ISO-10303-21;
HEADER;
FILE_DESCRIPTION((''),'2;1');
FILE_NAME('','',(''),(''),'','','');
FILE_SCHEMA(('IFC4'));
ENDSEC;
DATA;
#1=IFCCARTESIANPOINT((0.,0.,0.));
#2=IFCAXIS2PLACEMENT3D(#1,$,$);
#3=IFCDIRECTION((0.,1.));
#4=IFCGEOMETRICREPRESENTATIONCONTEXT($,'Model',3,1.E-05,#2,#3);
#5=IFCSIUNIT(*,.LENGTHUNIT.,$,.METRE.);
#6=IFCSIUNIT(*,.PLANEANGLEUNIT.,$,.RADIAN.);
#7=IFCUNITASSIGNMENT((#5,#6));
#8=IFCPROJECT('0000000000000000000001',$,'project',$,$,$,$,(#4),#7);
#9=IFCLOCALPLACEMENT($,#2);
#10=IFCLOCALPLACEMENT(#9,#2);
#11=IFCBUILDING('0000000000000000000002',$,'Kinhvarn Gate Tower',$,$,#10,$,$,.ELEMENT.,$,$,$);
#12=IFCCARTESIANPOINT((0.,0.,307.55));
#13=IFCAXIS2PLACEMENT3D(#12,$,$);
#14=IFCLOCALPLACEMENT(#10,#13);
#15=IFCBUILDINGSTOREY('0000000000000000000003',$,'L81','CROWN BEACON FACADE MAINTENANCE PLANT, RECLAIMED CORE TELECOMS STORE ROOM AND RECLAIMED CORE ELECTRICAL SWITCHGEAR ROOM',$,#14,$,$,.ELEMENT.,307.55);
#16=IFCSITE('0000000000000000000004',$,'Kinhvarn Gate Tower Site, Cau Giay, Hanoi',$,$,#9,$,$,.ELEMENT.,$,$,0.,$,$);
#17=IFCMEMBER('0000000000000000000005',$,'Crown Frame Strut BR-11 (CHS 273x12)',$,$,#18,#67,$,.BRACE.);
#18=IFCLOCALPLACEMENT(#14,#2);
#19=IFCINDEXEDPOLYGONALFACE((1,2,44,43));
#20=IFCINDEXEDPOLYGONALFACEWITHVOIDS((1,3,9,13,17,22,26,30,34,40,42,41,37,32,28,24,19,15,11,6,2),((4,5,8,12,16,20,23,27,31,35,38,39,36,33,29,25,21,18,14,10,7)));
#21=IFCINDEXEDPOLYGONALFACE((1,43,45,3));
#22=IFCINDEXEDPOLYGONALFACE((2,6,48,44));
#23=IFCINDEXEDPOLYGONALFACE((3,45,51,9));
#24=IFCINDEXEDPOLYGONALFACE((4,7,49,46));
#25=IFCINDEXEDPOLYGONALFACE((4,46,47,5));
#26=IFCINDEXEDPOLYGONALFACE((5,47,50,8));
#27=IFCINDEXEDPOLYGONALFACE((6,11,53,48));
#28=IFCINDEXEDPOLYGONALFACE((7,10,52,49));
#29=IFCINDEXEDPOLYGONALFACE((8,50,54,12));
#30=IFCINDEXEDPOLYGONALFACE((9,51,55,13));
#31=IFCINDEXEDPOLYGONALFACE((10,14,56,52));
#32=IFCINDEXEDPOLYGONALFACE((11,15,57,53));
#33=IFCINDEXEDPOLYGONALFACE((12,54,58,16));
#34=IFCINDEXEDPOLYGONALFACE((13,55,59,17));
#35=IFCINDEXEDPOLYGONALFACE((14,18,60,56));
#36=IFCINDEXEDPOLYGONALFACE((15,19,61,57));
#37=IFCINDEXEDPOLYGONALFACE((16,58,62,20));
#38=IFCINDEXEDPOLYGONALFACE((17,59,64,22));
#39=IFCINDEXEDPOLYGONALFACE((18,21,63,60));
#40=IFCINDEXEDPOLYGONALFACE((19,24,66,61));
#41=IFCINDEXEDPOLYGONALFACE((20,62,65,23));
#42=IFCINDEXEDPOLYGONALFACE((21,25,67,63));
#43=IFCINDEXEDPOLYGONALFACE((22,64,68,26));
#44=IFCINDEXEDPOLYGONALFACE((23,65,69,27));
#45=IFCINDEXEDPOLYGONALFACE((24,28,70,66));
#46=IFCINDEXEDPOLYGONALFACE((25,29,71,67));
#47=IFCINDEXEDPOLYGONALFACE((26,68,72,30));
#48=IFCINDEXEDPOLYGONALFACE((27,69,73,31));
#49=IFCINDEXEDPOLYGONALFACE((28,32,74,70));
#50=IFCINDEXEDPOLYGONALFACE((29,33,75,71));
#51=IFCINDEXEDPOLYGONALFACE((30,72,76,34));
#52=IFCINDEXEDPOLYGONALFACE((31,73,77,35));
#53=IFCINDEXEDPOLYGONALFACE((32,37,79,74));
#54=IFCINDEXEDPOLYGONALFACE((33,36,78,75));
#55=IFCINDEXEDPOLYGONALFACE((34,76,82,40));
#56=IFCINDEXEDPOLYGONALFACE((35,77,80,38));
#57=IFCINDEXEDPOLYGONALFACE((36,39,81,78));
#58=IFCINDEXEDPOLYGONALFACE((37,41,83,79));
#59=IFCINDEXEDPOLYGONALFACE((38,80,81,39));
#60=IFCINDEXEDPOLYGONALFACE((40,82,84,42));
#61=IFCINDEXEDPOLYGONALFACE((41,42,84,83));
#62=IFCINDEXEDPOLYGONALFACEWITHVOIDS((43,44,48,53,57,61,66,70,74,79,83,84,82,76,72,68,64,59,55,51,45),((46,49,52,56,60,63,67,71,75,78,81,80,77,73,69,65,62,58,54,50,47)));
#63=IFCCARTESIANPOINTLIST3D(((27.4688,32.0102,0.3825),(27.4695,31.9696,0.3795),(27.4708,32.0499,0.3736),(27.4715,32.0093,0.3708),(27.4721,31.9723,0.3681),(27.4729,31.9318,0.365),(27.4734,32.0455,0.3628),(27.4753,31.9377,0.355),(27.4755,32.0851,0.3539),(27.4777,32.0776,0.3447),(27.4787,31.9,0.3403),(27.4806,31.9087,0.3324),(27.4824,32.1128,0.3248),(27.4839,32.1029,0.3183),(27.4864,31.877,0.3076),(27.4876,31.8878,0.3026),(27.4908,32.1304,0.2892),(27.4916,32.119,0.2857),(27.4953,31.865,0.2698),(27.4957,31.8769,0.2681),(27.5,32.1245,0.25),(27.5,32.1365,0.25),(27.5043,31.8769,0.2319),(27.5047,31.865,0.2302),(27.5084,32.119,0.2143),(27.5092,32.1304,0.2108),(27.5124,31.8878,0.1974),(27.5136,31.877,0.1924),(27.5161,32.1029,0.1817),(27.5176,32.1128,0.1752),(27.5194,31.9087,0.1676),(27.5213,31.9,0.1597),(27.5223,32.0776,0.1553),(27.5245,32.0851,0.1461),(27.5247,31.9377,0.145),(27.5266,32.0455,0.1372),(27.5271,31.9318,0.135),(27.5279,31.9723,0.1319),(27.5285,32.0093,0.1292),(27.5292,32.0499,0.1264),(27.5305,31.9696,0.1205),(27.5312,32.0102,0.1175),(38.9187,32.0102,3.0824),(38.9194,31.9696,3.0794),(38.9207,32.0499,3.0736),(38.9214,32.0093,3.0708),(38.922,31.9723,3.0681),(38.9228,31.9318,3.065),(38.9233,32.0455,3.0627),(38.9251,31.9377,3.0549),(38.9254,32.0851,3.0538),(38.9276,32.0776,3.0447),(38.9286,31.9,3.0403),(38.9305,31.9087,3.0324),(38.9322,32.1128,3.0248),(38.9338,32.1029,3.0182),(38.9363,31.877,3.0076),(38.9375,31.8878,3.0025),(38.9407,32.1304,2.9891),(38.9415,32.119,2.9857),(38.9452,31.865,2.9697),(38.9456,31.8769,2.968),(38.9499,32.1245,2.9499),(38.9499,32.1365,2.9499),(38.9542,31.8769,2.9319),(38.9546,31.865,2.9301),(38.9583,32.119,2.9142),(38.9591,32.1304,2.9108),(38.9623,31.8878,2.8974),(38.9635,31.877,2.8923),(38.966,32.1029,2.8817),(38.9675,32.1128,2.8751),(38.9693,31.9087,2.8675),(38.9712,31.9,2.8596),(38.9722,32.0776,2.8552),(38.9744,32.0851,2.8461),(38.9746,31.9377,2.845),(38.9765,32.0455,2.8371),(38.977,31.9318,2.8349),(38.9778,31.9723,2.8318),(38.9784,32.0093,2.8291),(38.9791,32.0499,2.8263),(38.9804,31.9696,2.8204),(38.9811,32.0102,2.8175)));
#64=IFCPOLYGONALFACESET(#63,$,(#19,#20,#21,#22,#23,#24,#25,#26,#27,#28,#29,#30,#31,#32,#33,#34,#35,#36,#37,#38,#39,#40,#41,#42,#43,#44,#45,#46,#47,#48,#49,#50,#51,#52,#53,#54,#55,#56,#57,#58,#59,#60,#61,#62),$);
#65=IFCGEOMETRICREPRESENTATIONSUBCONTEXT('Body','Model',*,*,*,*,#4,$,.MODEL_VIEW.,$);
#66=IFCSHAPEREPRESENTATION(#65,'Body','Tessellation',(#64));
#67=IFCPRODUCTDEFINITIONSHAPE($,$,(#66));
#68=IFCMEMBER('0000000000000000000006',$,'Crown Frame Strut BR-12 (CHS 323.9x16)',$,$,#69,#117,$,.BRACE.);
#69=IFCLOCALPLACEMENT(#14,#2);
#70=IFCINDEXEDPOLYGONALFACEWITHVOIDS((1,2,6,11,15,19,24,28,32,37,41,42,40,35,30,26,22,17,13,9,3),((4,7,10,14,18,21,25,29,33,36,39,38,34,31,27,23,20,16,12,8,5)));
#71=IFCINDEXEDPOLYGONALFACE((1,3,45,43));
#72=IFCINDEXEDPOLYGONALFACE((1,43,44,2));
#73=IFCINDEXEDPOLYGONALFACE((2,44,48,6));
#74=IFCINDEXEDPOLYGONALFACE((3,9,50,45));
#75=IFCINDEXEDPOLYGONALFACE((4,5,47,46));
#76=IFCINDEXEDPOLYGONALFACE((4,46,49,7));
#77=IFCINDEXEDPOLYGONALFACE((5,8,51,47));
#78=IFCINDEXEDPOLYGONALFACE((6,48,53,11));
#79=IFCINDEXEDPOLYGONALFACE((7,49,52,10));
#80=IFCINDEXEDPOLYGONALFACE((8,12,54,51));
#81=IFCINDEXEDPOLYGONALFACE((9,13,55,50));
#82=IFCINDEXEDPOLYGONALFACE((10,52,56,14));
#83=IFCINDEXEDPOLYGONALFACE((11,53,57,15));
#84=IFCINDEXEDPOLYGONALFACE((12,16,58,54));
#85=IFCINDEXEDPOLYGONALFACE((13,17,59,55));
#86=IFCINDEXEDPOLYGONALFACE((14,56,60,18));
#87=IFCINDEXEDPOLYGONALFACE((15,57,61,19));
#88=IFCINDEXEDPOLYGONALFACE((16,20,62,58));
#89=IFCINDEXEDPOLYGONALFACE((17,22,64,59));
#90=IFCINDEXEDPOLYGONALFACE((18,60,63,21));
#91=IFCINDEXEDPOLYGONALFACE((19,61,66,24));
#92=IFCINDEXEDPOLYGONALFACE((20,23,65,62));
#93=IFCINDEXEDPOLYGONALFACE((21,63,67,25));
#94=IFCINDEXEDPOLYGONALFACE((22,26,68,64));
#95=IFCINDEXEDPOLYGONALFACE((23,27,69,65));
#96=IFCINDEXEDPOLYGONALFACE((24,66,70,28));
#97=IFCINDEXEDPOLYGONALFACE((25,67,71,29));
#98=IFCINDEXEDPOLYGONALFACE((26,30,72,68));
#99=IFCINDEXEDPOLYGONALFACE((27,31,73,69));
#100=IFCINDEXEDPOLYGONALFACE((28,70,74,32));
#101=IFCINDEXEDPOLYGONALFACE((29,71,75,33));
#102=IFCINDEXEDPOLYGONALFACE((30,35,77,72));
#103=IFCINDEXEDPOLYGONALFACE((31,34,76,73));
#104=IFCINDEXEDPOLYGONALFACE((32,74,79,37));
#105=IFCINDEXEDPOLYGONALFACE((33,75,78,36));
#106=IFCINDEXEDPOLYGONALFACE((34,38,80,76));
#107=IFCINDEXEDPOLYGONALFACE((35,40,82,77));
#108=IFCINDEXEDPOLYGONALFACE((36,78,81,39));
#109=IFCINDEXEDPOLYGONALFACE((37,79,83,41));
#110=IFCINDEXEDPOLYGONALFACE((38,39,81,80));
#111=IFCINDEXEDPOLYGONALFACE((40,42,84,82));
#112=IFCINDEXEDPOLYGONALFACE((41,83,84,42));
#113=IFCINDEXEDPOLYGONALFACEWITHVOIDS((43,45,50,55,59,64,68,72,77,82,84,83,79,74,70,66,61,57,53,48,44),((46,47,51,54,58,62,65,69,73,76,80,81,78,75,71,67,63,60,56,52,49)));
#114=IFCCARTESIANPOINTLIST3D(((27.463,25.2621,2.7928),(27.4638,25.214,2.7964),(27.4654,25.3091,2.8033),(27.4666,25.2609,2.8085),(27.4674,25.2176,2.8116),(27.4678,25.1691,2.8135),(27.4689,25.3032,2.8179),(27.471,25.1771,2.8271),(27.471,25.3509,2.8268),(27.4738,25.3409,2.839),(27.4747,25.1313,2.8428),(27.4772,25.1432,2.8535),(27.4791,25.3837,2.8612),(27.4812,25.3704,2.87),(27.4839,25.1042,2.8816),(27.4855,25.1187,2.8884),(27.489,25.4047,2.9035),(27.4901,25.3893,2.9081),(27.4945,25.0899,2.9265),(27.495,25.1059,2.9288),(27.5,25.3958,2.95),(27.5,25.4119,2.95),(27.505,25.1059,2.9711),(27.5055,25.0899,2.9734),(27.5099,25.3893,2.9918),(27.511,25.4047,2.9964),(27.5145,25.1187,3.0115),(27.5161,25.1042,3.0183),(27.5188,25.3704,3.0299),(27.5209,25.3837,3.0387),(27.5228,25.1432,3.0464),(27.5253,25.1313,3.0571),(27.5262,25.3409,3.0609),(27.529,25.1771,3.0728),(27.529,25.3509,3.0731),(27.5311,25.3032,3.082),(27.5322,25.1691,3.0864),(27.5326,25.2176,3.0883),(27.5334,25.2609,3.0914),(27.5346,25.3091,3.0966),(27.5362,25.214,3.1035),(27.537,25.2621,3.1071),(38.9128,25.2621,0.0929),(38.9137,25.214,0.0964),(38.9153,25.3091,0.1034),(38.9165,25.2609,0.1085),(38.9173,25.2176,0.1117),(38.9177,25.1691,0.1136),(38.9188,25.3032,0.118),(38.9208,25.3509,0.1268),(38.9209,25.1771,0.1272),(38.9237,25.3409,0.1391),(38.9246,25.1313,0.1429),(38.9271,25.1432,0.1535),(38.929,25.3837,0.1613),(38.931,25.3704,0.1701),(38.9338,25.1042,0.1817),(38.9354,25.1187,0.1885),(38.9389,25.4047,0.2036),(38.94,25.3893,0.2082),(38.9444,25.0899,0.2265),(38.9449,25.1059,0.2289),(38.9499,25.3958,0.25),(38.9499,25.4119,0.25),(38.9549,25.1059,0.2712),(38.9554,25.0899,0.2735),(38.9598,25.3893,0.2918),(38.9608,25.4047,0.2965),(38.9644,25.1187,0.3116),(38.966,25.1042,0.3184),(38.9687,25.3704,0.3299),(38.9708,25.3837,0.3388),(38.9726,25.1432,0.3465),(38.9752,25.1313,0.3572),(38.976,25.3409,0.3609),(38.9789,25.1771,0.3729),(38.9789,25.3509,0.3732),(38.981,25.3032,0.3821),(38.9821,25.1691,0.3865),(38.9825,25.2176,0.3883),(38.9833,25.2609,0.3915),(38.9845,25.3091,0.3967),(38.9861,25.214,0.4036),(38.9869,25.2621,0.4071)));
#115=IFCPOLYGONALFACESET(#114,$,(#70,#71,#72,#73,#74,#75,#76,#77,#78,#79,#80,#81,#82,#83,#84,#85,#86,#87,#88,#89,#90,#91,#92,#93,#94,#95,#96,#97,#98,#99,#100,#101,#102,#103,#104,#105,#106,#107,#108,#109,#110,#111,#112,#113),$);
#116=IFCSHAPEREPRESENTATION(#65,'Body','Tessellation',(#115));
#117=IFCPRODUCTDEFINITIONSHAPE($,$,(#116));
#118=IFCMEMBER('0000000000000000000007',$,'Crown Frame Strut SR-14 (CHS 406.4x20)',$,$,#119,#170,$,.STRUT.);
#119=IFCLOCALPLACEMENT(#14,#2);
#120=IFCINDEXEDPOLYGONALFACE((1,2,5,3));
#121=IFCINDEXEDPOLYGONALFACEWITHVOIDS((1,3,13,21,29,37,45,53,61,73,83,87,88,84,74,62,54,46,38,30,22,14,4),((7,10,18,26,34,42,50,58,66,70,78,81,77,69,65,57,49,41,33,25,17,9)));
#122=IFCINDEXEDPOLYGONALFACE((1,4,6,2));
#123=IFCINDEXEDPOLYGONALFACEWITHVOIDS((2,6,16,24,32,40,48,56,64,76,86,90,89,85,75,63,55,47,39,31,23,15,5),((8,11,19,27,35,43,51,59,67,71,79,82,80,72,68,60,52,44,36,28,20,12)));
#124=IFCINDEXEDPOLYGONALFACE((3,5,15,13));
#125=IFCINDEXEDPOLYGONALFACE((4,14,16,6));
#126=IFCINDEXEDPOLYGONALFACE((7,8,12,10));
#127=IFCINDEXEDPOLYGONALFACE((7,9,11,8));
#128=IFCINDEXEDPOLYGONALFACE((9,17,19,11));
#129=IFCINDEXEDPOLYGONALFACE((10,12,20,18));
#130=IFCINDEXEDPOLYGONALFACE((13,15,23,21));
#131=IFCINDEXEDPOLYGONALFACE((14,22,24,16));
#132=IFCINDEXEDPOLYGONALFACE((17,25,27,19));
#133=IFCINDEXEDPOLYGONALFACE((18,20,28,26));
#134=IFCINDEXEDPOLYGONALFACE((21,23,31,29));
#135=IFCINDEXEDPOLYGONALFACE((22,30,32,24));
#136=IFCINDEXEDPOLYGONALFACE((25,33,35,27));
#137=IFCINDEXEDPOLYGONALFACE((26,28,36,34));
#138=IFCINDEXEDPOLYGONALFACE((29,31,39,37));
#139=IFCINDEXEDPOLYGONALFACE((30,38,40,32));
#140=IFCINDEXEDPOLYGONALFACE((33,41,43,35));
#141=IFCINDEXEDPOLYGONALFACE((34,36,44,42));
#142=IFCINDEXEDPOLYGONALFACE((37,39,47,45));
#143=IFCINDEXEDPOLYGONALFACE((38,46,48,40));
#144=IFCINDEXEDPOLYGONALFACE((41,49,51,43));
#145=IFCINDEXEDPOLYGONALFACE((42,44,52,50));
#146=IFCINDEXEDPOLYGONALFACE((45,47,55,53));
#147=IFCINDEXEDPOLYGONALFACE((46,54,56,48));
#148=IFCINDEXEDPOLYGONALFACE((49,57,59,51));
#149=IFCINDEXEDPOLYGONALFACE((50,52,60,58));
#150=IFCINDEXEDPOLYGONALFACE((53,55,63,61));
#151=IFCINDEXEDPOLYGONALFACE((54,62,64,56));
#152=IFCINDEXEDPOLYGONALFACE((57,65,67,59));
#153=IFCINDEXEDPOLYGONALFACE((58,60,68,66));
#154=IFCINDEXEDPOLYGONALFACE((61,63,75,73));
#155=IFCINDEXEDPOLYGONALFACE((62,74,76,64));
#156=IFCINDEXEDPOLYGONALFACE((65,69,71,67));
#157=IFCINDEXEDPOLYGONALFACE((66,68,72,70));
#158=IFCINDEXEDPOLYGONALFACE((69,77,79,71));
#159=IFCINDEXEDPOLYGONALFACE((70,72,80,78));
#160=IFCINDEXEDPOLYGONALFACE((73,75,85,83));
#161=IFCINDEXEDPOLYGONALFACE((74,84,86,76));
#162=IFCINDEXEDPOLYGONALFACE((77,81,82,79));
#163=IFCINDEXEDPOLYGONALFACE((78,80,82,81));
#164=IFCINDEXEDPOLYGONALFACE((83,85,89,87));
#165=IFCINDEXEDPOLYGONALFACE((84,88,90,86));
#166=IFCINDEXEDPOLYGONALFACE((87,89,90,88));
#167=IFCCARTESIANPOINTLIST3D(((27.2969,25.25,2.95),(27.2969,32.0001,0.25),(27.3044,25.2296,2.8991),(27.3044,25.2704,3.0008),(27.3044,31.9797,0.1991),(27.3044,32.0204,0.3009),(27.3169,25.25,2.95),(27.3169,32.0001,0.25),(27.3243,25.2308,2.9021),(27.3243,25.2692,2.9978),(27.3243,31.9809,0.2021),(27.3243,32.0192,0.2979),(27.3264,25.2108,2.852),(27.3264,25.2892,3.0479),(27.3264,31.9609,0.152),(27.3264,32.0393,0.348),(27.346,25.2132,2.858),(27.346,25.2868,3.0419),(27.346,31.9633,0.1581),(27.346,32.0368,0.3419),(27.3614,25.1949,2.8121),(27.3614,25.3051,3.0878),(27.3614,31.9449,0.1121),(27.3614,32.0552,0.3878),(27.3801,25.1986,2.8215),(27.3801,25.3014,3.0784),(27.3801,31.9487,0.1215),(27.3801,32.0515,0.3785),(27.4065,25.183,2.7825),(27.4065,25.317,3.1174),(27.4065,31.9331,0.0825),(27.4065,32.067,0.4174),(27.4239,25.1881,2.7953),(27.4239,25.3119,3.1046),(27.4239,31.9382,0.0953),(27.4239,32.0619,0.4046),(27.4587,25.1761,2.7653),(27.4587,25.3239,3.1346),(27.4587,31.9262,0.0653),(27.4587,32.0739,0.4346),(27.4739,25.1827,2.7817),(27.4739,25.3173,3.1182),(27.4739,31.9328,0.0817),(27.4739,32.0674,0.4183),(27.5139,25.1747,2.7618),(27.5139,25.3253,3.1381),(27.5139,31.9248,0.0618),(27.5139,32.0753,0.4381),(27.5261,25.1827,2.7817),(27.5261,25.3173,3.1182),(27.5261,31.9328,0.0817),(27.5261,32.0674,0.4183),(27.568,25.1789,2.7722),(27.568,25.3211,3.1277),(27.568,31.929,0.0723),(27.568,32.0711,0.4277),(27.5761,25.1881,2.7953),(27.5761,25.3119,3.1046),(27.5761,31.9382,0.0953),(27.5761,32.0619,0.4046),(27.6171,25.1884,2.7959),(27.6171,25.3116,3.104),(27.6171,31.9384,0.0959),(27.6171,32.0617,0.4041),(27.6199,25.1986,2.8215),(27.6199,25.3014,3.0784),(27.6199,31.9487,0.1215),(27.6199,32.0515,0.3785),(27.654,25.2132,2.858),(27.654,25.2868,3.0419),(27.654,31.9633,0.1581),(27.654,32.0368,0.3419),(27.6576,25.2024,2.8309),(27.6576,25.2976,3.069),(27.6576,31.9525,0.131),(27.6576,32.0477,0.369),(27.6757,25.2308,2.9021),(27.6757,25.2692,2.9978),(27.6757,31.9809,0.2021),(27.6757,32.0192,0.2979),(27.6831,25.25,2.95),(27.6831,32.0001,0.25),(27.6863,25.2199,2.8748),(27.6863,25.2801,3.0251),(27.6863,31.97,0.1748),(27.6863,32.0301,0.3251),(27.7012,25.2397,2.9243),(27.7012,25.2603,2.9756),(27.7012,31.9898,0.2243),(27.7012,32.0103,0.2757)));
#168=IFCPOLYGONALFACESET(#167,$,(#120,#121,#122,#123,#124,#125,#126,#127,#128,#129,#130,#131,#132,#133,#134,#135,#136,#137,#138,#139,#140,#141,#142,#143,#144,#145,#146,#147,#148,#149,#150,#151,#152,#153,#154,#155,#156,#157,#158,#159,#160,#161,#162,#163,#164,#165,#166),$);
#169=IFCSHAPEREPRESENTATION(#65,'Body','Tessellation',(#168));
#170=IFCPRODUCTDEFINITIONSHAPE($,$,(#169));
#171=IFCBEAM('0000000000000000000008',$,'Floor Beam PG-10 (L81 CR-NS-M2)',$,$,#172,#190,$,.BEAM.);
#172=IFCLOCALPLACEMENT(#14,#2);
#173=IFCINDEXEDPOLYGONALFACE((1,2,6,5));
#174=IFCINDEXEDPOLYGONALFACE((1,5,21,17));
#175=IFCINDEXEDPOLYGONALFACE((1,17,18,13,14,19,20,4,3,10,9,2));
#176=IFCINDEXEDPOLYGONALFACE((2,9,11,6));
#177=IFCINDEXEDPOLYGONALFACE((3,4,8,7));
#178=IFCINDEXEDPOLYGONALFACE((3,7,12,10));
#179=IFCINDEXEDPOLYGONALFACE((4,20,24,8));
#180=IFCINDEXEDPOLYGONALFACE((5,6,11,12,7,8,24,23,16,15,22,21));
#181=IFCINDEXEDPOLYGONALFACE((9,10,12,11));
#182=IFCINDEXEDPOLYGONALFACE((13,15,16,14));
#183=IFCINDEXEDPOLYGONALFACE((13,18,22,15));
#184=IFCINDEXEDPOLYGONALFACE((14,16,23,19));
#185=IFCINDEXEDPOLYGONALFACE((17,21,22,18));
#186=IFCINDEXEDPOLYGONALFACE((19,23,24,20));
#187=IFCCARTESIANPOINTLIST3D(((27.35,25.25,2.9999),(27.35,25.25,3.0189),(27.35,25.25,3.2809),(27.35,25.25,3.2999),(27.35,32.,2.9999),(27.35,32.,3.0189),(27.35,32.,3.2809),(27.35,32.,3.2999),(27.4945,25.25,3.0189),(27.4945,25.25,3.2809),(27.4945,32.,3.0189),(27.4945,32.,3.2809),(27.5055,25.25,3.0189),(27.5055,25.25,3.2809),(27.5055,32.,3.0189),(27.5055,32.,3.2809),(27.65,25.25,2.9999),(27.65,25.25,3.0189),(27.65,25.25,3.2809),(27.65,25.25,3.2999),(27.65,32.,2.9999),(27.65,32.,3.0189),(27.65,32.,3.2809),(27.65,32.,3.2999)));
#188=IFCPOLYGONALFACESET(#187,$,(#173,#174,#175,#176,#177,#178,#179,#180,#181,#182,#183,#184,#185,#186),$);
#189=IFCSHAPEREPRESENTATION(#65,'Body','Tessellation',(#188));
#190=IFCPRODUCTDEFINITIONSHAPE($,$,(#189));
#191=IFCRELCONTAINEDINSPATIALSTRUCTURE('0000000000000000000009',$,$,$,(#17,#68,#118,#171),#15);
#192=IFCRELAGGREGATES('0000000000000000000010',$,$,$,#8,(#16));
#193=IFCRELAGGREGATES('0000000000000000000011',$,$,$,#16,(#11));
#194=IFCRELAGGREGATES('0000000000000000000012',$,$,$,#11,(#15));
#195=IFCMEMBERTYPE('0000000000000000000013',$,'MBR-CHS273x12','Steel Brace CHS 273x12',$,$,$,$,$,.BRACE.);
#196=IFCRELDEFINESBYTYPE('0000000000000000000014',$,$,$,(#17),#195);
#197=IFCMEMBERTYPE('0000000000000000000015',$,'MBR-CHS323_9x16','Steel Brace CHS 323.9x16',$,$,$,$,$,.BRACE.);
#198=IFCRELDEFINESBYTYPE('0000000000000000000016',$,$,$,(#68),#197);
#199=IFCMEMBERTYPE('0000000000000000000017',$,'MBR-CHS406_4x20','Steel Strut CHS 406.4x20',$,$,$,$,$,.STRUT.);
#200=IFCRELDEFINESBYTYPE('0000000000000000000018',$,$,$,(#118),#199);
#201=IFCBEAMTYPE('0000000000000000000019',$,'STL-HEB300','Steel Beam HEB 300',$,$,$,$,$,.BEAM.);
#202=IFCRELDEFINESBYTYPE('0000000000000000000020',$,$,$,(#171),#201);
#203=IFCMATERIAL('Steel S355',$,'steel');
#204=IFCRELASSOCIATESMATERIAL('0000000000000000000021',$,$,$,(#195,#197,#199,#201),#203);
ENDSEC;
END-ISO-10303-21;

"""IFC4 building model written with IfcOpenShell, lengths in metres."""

from ifc_helpers import new_model, si_unit, direction, frame, origin, origin_2d, place, context, subcontext, project, spatial, hollow_circle, i_section, extrude, material, material_profile, profile_set, type_object, element, save


model = new_model("IFC4")

# Units and contexts
model_context = context("Model", 3, precision=1e-05, world=origin(), true_north=direction((0.0, 1.0)))
body_context = subcontext(model_context, "Body", "Model", "MODEL_VIEW")
ifc_project = project(units=[si_unit("LENGTHUNIT", "METRE"), si_unit("PLANEANGLEUNIT", "RADIAN")], contexts=[model_context])

# Site, building, storey
site_placement = place(None, origin())
site = spatial("IfcSite", under=ifc_project, at=site_placement, Name="Kinhvarn Gate Tower Site, Cau Giay, Hanoi", CompositionType="ELEMENT", RefElevation=0.0)
building_placement = place(site_placement, origin())
building = spatial("IfcBuilding", under=site, at=building_placement, Name="Kinhvarn Gate Tower", CompositionType="ELEMENT")
storey_placement = place(building_placement, frame((0.0, 0.0, 307.55)))
storey = spatial("IfcBuildingStorey", under=building, at=storey_placement, Name="L81", Description="CROWN BEACON FACADE MAINTENANCE PLANT, RECLAIMED CORE TELECOMS STORE ROOM AND RECLAIMED CORE ELECTRICAL SWITCHGEAR ROOM", CompositionType="ELEMENT", Elevation=307.55)

# Members
ifc_material_1 = material(Name="Steel S355", Category="steel")
ifc_material_profile_1 = material_profile(ifc_material_1, hollow_circle(Radius=0.1365, WallThickness=0.012, at=origin_2d()), Name="CHS 273x12")
ifc_profile_set_1 = profile_set([ifc_material_profile_1], Name="Steel S355")
member_type_1 = type_object("IfcMemberType", Name="MBR-CHS273x12", Description="Steel Brace CHS 273x12", PredefinedType="BRACE", material=ifc_profile_set_1)
member_1_placement = place(storey_placement, frame((27.5, 32.0, 0.25), z_axis=(0.973306, 0.0, 0.22951), x_axis=(0.0, 1.0, 0.0)))
element("IfcMember", 1, at=member_1_placement, inside=storey, type_object=member_type_1, Name="Crown Frame Strut BR-11 (CHS 273x12)", PredefinedType="BRACE", context=body_context, shape_type="SweptSolid", body=[
    extrude(hollow_circle(Radius=0.1365, WallThickness=0.012, at=origin_2d()), origin(), (0.0, 0.0, 1.0), 11.7639),
])
ifc_material_profile_2 = material_profile(ifc_material_1, hollow_circle(Radius=0.1619, WallThickness=0.0161, at=origin_2d()), Name="CHS 323.9x16")
ifc_profile_set_2 = profile_set([ifc_material_profile_2], Name="Steel S355")
member_type_2 = type_object("IfcMemberType", Name="MBR-CHS323_9x16", Description="Steel Brace CHS 323.9x16", PredefinedType="BRACE", material=ifc_profile_set_2)
member_2_placement = place(storey_placement, frame((27.5, 25.25, 2.95), z_axis=(0.973306, 0.0, -0.22951), x_axis=(0.0, 1.0, 0.0)))
element("IfcMember", 2, at=member_2_placement, inside=storey, type_object=member_type_2, Name="Crown Frame Strut BR-12 (CHS 323.9x16)", PredefinedType="BRACE", context=body_context, shape_type="SweptSolid", body=[
    extrude(hollow_circle(Radius=0.1619, WallThickness=0.0161, at=origin_2d()), origin(), (0.0, 0.0, 1.0), 11.7639),
])
ifc_material_profile_3 = material_profile(ifc_material_1, hollow_circle(Radius=0.2031, WallThickness=0.02, at=origin_2d()), Name="CHS 406.4x20")
ifc_profile_set_3 = profile_set([ifc_material_profile_3], Name="Steel S355")
member_type_3 = type_object("IfcMemberType", Name="MBR-CHS406_4x20", Description="Steel Strut CHS 406.4x20", PredefinedType="STRUT", material=ifc_profile_set_3)
member_3_placement = place(storey_placement, frame((27.5, 25.25, 2.95), z_axis=(0.0, 0.928479, -0.371385), x_axis=(-1.0, 0.0, 0.0)))
element("IfcMember", 3, at=member_3_placement, inside=storey, type_object=member_type_3, Name="Crown Frame Strut SR-14 (CHS 406.4x20)", PredefinedType="STRUT", context=body_context, shape_type="SweptSolid", body=[
    extrude(hollow_circle(Radius=0.2031, WallThickness=0.02, at=origin_2d()), origin(), (0.0, 0.0, 1.0), 7.27),
])

# Beam
ifc_material_profile_4 = material_profile(ifc_material_1, i_section(OverallWidth=0.3, OverallDepth=0.3, WebThickness=0.011, FlangeThickness=0.019, at=origin_2d()), Name="HEB 300")
ifc_profile_set_4 = profile_set([ifc_material_profile_4], Name="Steel S355")
beam_type_1 = type_object("IfcBeamType", Name="STL-HEB300", Description="Steel Beam HEB 300", PredefinedType="BEAM", material=ifc_profile_set_4)
beam_1_placement = place(storey_placement, frame((27.5, 25.25, 3.1499), z_axis=(0.0, 1.0, 0.0), x_axis=(-1.0, 0.0, 0.0)))
element("IfcBeam", 4, at=beam_1_placement, inside=storey, type_object=beam_type_1, Name="Floor Beam PG-10 (L81 CR-NS-M2)", PredefinedType="BEAM", context=body_context, shape_type="SweptSolid", body=[
    extrude(i_section(OverallWidth=0.3, OverallDepth=0.3, WebThickness=0.011, FlangeThickness=0.019, at=origin_2d()), origin(), (0.0, 0.0, 1.0), 6.75),
])

save(model, "model.ifc")
